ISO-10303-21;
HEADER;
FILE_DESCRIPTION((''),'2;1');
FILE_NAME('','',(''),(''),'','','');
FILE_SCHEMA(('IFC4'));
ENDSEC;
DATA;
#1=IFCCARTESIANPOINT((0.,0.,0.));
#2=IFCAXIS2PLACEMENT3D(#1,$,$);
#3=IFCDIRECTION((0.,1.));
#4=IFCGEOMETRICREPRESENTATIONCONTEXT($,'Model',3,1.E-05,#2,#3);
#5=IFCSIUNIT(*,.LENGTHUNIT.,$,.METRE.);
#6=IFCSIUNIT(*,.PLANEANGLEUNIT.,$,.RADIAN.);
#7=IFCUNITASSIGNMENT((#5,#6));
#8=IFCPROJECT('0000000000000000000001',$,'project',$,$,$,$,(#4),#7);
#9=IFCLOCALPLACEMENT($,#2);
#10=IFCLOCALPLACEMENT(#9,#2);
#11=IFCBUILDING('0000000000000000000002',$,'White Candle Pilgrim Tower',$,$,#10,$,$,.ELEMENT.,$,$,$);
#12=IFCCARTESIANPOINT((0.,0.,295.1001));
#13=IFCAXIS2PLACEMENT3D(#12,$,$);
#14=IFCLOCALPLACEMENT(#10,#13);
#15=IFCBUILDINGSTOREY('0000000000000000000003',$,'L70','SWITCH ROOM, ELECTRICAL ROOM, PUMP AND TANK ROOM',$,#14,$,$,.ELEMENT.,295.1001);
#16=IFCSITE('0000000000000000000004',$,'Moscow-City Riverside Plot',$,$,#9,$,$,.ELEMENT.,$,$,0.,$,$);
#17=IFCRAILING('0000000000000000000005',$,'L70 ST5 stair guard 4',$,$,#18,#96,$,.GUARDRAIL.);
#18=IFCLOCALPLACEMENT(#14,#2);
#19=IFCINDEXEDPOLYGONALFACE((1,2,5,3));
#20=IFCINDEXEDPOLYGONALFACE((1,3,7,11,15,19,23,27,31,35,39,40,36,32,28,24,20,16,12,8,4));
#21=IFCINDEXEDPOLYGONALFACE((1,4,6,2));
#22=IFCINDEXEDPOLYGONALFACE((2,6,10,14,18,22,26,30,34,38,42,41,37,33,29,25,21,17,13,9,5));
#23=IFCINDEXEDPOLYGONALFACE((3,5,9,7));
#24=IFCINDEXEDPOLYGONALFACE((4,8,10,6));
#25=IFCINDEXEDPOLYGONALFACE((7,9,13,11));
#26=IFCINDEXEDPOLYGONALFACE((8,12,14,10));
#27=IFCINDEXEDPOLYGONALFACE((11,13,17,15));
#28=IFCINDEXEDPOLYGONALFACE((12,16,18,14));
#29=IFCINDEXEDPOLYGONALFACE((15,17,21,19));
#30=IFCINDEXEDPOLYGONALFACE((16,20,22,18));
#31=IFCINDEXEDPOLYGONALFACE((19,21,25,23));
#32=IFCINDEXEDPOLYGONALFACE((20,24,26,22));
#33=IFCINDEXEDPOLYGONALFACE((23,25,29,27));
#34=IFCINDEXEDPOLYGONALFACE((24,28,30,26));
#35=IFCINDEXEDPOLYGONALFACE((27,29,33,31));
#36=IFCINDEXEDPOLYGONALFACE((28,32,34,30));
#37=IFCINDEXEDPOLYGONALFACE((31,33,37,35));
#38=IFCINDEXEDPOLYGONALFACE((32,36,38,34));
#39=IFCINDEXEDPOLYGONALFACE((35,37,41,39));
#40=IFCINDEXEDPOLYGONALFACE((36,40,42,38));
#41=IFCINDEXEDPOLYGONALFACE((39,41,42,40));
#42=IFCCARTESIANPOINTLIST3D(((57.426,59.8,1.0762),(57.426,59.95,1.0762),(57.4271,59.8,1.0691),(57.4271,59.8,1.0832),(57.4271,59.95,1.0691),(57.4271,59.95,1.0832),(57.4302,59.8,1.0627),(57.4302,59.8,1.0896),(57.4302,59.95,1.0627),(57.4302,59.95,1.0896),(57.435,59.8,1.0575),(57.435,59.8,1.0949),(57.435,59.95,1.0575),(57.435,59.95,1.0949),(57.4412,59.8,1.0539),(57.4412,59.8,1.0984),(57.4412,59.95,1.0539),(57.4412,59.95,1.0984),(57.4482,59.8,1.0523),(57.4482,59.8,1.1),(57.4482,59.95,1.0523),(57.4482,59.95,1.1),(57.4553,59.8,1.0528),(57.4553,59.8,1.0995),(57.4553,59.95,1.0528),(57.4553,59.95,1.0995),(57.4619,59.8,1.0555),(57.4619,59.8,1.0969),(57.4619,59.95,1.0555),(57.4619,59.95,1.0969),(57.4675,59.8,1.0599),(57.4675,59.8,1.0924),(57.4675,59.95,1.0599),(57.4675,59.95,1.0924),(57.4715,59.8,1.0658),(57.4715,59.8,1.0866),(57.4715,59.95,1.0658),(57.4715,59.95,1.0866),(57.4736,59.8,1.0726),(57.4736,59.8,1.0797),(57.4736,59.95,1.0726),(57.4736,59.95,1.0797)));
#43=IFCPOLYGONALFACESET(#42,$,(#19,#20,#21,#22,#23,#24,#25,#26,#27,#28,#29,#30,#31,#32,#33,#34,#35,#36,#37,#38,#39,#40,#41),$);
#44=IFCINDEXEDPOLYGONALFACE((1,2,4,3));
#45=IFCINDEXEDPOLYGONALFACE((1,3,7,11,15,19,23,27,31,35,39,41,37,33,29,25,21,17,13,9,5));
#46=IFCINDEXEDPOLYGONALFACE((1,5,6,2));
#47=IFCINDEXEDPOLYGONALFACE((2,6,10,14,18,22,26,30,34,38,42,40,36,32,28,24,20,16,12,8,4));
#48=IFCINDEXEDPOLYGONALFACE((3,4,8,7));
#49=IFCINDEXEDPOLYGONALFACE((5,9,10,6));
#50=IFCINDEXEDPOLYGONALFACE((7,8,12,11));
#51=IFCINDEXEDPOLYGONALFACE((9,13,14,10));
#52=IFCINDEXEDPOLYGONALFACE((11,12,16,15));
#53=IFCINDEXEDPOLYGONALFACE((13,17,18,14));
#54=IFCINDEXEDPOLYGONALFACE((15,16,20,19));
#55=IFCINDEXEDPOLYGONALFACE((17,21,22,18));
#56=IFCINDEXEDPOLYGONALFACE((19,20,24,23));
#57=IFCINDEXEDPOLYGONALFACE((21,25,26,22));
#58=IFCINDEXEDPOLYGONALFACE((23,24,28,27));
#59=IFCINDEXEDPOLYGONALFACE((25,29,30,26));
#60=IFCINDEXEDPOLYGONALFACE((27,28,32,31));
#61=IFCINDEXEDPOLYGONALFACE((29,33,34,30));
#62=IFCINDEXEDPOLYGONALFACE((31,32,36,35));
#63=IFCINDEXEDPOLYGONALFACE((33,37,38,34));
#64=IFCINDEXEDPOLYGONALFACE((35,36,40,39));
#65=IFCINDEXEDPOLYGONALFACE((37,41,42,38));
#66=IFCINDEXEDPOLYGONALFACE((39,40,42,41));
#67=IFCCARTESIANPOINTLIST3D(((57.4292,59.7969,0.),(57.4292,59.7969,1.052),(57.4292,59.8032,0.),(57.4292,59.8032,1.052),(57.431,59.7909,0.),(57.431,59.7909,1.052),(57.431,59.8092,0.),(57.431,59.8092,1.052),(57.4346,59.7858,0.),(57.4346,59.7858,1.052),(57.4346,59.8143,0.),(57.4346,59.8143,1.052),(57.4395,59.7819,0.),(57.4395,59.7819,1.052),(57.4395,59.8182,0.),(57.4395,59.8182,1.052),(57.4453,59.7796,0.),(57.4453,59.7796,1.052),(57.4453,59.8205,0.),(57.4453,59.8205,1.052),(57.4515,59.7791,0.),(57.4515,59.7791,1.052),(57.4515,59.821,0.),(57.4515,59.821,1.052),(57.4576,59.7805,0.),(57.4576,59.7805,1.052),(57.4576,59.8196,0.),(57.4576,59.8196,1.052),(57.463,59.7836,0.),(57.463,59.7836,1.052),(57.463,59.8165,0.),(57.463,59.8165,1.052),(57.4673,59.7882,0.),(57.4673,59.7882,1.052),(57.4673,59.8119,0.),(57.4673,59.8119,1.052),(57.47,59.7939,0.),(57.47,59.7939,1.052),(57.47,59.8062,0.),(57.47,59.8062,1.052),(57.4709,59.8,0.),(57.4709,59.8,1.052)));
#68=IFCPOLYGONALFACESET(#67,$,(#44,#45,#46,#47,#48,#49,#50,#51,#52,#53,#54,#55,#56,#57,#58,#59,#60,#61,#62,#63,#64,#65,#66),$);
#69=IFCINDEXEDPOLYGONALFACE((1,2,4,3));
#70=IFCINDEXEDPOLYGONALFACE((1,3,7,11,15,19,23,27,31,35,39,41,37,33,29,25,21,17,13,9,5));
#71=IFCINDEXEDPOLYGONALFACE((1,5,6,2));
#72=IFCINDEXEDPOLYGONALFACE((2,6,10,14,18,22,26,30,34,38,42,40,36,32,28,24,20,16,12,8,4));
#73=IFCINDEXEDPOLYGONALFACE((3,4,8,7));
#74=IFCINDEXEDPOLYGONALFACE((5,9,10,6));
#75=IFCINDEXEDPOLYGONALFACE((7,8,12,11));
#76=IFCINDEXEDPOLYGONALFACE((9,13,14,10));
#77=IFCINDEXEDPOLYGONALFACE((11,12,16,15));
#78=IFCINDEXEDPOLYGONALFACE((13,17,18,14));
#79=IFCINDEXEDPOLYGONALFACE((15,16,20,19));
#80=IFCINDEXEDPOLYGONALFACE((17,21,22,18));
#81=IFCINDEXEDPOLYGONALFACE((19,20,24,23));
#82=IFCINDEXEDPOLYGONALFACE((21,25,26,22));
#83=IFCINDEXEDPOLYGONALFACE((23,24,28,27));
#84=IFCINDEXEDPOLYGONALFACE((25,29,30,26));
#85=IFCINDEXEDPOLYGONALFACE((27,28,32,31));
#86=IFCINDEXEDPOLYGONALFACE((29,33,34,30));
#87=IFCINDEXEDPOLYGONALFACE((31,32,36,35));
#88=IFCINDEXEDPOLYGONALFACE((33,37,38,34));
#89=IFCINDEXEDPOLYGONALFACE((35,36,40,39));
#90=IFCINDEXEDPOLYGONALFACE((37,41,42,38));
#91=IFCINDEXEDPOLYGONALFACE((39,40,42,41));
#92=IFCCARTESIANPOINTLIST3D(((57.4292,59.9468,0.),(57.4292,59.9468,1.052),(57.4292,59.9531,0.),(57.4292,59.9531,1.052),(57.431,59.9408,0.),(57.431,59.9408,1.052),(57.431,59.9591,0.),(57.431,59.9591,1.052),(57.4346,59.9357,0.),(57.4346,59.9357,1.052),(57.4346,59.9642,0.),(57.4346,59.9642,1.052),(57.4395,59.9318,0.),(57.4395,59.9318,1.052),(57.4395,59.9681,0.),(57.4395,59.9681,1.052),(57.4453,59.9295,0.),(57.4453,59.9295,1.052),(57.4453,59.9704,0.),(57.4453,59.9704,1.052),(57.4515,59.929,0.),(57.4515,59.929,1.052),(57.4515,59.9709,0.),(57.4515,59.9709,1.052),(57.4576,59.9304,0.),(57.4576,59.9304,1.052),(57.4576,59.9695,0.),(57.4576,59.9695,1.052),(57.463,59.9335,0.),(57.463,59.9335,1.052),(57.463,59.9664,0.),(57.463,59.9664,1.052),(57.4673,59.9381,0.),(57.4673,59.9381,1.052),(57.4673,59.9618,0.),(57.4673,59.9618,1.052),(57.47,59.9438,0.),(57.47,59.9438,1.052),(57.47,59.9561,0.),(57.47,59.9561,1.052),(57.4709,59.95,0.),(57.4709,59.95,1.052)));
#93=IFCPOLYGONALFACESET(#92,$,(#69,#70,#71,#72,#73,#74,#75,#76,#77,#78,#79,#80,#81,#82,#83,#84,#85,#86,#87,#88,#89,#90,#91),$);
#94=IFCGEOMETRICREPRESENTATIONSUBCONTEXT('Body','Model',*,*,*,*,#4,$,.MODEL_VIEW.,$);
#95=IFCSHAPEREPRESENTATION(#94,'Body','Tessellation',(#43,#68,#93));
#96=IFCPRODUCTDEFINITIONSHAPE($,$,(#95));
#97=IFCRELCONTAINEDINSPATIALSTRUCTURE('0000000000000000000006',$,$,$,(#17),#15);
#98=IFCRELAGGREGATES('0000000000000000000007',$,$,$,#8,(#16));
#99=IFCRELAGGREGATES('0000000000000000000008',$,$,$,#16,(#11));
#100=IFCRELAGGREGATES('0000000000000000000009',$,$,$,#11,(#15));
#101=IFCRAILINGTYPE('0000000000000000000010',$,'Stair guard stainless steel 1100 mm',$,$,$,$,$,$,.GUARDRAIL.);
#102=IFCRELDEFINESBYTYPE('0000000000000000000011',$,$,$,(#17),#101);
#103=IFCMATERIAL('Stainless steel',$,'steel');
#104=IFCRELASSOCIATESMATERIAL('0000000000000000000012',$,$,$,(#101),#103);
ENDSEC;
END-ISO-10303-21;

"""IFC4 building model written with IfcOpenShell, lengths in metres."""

from ifc_helpers import new_model, si_unit, direction, frame, origin, origin_2d, place, context, subcontext, project, spatial, circle, extrude, material, type_object, element, save


model = new_model("IFC4")

# Units and contexts
model_context = context("Model", 3, precision=1e-05, world=origin(), true_north=direction((0.0, 1.0)))
body_context = subcontext(model_context, "Body", "Model", "MODEL_VIEW")
ifc_project = project(units=[si_unit("LENGTHUNIT", "METRE"), si_unit("PLANEANGLEUNIT", "RADIAN")], contexts=[model_context])

# Site, building, storey
site_placement = place(None, origin())
site = spatial("IfcSite", under=ifc_project, at=site_placement, Name="Moscow-City Riverside Plot", CompositionType="ELEMENT", RefElevation=0.0)
building_placement = place(site_placement, origin())
building = spatial("IfcBuilding", under=site, at=building_placement, Name="White Candle Pilgrim Tower", CompositionType="ELEMENT")
storey_placement = place(building_placement, frame((0.0, 0.0, 295.1001)))
storey = spatial("IfcBuildingStorey", under=building, at=storey_placement, Name="L70", Description="SWITCH ROOM, ELECTRICAL ROOM, PUMP AND TANK ROOM", CompositionType="ELEMENT", Elevation=295.1001)

# Railing
ifc_material_1 = material(Name="Stainless steel", Category="steel")
railing_type_1 = type_object("IfcRailingType", Name="Stair guard stainless steel 1100 mm", PredefinedType="GUARDRAIL", material=ifc_material_1)
railing_1_placement = place(storey_placement, frame((57.45, 59.8, 0.0)))
element("IfcRailing", 1, at=railing_1_placement, inside=storey, type_object=railing_type_1, Name="L70 ST5 stair guard 4", PredefinedType="GUARDRAIL", context=body_context, shape_type="SweptSolid", body=[
    extrude(circle(Radius=0.0239, at=origin_2d()), frame((0.0, 0.0, 1.0762), z_axis=(0.0, 1.0, 0.0), x_axis=(-1.0, 0.0, 0.0)), (0.0, 0.0, 1.0), 0.1499),
    extrude(circle(Radius=0.021, at=origin_2d()), origin(), (0.0, 0.0, 1.0), 1.052),
    extrude(circle(Radius=0.021, at=origin_2d()), frame((0.0, 0.1499, 0.0)), (0.0, 0.0, 1.0), 1.052),
])

save(model, "model.ifc")
